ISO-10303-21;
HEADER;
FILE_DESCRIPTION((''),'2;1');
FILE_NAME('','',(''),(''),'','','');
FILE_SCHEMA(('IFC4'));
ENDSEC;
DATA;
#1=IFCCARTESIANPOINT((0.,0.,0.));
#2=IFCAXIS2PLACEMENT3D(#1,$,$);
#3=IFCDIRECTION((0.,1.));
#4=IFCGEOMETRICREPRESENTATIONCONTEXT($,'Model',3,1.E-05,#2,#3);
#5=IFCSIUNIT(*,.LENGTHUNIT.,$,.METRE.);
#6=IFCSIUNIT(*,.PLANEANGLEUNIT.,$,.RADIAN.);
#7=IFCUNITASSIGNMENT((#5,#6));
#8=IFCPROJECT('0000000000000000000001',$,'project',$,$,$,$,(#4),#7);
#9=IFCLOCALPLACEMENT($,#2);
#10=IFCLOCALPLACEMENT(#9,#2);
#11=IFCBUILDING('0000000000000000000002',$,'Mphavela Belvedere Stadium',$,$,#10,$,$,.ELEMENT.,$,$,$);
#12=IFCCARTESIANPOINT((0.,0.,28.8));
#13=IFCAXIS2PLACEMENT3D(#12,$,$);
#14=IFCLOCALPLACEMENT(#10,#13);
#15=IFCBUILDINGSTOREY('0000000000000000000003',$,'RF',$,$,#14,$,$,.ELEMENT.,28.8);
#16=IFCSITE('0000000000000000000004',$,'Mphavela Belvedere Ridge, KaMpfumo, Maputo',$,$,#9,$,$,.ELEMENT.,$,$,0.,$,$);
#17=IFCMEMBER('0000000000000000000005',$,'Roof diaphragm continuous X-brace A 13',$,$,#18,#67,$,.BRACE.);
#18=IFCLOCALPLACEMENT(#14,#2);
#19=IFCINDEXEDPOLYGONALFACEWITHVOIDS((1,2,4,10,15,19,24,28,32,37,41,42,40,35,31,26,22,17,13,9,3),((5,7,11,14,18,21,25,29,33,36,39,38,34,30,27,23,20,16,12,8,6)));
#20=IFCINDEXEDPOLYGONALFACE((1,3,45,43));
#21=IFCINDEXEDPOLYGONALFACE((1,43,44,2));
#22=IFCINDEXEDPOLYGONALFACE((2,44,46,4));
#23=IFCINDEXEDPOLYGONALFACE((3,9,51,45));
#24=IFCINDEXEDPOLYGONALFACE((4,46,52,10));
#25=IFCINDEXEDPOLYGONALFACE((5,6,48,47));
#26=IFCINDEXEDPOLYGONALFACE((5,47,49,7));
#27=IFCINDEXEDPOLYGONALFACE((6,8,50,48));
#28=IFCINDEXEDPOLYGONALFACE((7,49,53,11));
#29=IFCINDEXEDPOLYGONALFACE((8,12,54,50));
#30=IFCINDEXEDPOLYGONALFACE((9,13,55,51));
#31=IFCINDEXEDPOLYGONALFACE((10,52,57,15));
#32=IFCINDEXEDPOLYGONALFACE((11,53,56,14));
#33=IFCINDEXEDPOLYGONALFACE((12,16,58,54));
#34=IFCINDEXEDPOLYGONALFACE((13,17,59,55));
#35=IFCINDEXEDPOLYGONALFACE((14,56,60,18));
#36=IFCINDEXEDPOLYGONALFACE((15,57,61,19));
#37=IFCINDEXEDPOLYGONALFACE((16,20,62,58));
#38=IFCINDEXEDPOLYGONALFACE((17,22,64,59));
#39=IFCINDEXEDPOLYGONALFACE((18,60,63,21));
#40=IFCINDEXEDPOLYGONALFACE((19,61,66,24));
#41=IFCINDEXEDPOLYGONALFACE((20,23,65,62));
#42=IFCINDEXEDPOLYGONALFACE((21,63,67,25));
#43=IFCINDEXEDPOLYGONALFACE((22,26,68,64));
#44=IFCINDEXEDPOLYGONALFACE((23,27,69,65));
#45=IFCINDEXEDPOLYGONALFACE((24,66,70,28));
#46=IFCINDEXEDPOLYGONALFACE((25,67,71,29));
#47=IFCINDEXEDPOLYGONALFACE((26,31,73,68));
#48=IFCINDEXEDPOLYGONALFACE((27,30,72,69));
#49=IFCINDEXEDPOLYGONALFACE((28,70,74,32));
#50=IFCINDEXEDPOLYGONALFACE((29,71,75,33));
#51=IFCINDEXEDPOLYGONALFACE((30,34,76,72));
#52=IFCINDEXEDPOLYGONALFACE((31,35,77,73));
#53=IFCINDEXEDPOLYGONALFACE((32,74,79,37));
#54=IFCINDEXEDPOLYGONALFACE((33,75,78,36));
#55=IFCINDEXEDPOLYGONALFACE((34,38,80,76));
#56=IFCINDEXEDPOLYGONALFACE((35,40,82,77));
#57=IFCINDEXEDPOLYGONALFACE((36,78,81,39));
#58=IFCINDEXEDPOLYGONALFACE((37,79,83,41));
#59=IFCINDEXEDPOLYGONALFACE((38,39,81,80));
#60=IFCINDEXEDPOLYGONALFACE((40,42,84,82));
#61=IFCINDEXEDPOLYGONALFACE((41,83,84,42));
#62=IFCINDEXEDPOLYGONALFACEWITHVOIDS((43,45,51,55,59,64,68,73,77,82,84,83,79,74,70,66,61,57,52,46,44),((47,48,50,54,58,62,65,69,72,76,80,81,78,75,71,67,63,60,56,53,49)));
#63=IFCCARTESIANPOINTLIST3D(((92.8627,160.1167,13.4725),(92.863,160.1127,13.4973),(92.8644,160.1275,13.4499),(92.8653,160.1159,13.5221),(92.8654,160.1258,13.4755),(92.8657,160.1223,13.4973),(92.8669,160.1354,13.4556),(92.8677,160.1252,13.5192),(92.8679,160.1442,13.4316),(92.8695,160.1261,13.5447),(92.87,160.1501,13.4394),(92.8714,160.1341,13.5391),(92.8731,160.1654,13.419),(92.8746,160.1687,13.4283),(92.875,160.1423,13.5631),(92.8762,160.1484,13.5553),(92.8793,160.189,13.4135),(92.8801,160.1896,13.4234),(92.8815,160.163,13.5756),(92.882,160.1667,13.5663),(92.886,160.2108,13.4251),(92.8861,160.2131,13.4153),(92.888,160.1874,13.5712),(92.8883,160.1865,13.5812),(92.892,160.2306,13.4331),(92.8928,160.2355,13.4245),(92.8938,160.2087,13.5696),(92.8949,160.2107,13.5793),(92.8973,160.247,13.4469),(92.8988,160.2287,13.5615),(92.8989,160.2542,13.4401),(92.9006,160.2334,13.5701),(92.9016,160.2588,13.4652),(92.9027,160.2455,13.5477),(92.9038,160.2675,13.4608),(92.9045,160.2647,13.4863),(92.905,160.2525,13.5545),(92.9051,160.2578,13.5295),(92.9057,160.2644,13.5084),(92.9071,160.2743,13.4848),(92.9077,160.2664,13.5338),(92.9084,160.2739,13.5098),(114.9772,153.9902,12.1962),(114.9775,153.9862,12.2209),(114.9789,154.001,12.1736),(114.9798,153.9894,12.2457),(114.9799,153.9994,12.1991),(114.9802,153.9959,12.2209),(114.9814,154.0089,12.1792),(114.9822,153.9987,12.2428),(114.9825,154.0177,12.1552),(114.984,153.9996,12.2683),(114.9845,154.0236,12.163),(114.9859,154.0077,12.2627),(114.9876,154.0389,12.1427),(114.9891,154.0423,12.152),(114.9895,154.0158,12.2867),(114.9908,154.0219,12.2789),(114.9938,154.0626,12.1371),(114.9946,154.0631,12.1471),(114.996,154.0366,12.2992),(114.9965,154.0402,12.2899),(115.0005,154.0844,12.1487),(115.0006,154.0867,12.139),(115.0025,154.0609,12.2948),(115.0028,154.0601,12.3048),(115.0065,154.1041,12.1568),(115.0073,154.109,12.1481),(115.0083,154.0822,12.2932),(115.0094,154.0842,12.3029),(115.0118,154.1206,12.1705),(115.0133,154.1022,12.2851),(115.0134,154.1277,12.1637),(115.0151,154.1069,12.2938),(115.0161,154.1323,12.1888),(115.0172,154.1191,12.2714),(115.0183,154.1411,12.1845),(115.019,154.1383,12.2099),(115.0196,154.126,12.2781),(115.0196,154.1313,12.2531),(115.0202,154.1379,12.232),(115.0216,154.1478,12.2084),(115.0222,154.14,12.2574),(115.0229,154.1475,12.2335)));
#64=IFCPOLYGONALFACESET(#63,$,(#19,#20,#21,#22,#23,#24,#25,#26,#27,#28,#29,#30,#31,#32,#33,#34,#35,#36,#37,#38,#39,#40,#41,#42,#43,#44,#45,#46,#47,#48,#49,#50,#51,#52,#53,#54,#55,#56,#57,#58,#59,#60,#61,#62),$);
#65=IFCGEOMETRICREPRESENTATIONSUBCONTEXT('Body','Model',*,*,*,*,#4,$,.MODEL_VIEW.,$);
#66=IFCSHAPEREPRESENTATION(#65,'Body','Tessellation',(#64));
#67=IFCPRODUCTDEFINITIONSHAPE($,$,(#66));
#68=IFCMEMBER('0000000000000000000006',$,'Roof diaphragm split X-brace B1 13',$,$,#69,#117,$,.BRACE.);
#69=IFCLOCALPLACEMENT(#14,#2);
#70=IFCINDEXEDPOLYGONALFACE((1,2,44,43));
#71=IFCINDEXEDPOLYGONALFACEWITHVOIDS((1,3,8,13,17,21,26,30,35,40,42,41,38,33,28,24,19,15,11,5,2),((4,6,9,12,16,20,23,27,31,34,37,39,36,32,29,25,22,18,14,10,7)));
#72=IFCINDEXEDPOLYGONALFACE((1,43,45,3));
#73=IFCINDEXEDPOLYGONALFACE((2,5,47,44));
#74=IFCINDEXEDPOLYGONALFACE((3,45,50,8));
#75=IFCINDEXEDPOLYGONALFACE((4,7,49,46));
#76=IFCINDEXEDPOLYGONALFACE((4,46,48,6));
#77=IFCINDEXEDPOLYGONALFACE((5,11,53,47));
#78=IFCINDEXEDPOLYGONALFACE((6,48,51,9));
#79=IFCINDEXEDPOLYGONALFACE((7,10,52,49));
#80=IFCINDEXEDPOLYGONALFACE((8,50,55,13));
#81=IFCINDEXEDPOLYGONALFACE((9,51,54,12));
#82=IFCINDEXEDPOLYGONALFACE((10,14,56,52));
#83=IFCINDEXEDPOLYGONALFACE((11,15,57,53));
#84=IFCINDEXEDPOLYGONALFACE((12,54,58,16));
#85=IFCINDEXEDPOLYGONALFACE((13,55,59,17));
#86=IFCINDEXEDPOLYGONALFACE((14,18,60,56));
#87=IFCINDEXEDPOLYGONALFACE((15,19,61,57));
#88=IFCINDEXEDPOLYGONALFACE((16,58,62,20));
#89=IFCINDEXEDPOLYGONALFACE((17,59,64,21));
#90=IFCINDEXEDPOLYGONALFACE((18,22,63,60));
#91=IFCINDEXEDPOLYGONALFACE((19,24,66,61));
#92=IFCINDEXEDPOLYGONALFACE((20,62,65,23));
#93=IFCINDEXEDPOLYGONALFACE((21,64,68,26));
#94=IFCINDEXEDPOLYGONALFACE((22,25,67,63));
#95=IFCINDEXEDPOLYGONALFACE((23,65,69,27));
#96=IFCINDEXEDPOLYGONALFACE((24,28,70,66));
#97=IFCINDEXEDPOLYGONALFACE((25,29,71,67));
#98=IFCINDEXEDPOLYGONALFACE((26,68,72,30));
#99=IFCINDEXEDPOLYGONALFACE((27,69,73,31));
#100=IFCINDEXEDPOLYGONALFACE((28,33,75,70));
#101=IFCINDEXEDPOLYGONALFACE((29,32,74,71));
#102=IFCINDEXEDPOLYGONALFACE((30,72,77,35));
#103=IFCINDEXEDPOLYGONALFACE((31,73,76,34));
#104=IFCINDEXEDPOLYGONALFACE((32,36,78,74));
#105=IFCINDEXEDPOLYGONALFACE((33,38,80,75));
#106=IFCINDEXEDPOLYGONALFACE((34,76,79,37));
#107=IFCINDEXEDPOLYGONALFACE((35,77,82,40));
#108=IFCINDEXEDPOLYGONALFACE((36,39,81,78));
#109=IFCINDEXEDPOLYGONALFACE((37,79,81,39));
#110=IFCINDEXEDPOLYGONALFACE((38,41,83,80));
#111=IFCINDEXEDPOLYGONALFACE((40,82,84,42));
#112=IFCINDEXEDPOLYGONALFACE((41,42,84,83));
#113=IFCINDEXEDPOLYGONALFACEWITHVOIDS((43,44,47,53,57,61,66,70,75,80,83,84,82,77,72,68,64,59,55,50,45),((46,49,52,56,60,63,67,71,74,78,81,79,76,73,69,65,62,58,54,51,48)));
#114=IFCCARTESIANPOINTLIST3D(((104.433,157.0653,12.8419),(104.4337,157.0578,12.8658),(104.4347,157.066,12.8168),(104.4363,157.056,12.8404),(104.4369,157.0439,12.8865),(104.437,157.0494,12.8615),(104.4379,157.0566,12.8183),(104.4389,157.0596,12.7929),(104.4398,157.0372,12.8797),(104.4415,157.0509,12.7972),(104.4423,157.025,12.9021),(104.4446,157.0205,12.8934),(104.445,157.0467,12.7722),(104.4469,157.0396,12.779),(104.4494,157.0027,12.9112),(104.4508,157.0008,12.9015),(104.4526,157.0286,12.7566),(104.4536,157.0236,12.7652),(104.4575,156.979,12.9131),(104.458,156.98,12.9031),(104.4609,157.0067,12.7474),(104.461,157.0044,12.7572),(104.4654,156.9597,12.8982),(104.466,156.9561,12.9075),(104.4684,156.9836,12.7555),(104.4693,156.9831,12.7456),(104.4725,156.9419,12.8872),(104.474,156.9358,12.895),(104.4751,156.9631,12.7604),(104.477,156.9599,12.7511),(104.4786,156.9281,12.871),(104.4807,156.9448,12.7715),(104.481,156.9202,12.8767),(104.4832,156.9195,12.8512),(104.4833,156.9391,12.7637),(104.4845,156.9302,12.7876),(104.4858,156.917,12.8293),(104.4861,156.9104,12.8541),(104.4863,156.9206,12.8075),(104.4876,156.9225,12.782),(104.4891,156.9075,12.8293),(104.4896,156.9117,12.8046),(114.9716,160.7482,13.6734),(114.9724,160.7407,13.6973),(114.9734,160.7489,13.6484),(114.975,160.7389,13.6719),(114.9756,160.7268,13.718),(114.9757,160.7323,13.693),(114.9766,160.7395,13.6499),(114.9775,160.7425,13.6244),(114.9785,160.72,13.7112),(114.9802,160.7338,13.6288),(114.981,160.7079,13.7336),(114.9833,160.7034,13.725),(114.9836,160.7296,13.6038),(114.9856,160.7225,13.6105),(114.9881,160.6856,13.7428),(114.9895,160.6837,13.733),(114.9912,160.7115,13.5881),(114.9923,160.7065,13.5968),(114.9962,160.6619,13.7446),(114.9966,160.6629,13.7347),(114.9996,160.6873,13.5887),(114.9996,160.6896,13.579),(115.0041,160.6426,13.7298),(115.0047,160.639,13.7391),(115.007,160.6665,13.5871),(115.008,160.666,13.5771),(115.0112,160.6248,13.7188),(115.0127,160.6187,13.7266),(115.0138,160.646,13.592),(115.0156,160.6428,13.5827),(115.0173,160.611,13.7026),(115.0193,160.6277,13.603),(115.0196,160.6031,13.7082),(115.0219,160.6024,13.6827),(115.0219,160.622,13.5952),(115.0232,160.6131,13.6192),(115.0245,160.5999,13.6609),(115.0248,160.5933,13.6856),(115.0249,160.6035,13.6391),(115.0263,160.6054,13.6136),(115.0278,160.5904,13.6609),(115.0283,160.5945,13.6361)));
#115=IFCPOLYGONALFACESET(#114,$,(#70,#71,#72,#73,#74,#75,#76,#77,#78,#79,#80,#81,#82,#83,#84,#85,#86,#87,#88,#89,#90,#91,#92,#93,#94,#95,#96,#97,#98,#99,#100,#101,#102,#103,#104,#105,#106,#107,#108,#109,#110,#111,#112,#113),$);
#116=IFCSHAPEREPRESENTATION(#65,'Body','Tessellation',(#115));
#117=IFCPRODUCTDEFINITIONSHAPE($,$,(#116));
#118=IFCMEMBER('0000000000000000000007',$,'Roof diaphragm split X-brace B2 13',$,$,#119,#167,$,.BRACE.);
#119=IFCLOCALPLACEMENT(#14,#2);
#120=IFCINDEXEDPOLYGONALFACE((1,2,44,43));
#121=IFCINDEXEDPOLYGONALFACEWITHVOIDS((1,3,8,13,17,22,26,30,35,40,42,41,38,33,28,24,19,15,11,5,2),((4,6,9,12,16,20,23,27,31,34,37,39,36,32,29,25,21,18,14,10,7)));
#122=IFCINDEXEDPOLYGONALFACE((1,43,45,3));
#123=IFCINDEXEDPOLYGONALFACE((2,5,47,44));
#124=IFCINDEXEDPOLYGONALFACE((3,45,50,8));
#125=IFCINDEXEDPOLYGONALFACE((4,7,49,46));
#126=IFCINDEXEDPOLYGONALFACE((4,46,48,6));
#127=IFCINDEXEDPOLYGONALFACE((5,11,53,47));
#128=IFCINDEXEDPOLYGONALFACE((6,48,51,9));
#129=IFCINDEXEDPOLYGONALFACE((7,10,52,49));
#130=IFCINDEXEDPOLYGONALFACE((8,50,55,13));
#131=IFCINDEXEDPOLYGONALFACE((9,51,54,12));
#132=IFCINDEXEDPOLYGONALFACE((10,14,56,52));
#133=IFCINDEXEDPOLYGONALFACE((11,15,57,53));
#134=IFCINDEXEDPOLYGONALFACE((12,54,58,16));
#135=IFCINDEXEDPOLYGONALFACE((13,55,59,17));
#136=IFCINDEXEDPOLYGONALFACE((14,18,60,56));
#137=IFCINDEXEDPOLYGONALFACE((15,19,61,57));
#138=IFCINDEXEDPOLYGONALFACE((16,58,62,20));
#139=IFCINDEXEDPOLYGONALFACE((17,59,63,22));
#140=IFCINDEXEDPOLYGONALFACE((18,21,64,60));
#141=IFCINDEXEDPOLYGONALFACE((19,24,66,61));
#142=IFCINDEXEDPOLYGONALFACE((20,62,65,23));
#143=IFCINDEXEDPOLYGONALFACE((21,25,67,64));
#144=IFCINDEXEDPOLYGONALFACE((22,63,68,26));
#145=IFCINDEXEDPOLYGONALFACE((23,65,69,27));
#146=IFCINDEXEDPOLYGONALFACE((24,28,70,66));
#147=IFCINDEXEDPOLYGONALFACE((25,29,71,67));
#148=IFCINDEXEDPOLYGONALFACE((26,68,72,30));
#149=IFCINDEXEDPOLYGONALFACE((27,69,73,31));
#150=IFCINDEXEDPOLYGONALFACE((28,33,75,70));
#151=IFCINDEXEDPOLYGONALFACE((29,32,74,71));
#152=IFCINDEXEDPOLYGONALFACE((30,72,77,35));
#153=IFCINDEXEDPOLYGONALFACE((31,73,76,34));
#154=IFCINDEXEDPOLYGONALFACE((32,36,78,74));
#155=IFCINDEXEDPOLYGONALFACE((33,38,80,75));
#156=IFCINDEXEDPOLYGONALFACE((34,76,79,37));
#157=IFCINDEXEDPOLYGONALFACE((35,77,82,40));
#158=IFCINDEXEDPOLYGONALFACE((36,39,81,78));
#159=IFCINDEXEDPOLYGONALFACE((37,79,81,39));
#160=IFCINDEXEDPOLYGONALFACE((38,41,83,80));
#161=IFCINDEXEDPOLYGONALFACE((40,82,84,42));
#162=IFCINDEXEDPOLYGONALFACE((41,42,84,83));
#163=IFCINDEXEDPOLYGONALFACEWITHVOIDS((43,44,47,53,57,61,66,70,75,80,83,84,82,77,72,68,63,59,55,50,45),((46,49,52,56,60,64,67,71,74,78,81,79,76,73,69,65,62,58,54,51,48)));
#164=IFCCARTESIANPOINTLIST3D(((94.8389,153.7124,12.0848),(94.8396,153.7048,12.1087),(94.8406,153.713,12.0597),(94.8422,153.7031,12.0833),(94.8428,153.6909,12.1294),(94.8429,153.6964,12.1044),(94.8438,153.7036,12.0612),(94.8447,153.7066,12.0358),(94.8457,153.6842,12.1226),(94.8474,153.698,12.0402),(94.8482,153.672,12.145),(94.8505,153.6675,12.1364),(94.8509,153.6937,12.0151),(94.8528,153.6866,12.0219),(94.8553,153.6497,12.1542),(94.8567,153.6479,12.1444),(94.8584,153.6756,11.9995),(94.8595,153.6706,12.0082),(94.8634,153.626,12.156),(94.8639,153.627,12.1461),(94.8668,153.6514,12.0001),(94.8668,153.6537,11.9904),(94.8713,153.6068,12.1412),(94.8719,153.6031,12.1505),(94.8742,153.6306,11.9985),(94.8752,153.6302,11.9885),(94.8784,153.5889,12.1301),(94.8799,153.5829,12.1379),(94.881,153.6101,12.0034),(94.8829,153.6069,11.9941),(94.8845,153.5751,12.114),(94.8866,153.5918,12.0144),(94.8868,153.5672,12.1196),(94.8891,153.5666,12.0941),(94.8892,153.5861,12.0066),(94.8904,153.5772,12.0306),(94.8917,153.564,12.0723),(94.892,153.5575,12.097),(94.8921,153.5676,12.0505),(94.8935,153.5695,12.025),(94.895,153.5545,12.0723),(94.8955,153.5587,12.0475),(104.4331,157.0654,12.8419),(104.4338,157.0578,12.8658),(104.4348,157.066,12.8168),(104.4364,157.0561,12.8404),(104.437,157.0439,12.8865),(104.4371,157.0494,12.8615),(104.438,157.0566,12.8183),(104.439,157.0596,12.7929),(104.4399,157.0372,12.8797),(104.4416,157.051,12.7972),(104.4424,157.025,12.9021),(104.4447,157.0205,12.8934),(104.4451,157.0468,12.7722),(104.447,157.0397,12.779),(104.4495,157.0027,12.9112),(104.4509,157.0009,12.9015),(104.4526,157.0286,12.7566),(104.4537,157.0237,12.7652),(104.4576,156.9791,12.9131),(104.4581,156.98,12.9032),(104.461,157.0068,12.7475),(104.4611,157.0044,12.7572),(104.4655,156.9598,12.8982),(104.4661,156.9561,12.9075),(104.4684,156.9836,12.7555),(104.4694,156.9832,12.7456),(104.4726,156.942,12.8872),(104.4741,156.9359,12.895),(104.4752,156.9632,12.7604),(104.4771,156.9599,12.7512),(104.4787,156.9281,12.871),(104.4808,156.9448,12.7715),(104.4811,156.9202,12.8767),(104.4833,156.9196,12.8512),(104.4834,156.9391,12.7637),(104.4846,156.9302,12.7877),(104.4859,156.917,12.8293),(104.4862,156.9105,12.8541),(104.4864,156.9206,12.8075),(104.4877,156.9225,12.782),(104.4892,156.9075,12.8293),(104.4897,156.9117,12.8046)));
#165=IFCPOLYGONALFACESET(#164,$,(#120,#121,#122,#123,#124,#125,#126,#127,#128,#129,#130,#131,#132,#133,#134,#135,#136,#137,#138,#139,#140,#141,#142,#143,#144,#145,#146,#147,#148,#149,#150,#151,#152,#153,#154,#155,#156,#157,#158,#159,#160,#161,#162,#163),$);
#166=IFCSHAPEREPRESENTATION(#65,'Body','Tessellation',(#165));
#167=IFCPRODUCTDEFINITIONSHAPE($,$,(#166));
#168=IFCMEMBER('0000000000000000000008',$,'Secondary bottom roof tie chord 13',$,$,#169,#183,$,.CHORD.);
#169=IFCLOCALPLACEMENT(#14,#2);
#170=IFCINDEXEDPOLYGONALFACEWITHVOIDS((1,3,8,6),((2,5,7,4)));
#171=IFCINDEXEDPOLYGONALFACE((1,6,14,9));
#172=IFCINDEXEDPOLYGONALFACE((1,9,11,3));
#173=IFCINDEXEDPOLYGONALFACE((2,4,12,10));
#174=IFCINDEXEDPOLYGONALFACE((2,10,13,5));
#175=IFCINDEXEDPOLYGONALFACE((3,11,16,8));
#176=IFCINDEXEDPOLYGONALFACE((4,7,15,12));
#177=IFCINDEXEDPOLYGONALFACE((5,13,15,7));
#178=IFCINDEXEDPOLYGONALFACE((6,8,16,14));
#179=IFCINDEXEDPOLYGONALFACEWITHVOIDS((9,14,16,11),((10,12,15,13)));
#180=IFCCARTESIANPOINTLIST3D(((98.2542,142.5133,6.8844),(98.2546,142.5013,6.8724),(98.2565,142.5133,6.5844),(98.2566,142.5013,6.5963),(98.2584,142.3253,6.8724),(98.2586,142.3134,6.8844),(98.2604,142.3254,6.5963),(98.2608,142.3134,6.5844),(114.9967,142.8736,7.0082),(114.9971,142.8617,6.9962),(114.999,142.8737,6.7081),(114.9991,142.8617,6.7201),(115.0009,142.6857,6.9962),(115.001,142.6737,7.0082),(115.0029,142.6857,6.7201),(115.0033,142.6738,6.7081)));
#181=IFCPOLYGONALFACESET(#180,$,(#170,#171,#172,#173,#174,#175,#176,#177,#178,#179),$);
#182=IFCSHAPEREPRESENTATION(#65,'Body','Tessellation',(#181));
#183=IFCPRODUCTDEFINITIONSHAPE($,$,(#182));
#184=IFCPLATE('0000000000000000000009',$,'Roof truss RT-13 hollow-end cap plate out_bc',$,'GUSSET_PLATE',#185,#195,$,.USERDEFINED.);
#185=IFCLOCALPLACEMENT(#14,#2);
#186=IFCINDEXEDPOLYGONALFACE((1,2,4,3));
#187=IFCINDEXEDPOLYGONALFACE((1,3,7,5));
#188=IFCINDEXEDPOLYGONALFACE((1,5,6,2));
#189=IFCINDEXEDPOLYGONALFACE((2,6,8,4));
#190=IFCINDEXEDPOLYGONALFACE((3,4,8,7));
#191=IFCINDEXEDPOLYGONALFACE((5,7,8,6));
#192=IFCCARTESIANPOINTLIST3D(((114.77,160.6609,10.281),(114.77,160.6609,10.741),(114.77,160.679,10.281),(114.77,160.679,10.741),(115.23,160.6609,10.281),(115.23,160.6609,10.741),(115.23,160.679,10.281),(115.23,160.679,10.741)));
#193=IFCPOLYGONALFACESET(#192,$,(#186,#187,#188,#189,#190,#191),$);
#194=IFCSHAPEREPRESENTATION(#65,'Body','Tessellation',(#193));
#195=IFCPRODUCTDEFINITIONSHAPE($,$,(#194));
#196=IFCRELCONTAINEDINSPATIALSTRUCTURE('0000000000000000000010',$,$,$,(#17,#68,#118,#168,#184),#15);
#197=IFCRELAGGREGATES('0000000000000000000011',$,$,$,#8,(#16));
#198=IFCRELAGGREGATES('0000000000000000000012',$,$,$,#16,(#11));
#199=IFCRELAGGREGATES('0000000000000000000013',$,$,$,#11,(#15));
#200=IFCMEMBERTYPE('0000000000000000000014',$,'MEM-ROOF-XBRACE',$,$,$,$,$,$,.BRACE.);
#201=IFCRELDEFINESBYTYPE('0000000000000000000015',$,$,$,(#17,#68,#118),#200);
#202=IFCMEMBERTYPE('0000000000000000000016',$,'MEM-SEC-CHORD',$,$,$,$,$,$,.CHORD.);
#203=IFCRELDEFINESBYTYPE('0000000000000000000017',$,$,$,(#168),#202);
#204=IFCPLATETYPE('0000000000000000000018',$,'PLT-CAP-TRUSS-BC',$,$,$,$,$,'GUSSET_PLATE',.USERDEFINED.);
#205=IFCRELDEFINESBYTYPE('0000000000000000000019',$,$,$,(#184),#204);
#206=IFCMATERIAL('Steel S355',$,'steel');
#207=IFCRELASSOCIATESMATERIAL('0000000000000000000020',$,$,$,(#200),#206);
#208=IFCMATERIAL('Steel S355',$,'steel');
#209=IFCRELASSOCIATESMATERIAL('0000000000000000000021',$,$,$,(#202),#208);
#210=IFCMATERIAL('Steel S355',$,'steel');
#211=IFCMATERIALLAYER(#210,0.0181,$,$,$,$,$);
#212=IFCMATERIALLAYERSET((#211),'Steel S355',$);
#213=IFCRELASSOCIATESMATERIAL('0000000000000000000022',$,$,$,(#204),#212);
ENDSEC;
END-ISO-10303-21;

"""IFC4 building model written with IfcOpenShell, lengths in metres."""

from ifc_helpers import new_model, si_unit, direction, frame, origin, origin_2d, place, context, subcontext, project, spatial, rectangle, hollow_rectangle, hollow_circle, extrude, material, layer, layer_set, material_profile, profile_set, type_object, element, save


model = new_model("IFC4")

# Units and contexts
model_context = context("Model", 3, precision=1e-05, world=origin(), true_north=direction((0.0, 1.0)))
body_context = subcontext(model_context, "Body", "Model", "MODEL_VIEW")
ifc_project = project(units=[si_unit("LENGTHUNIT", "METRE"), si_unit("PLANEANGLEUNIT", "RADIAN")], contexts=[model_context])

# Site, building, storey
site_placement = place(None, origin())
site = spatial("IfcSite", under=ifc_project, at=site_placement, Name="Mphavela Belvedere Ridge, KaMpfumo, Maputo", CompositionType="ELEMENT", RefElevation=0.0)
building_placement = place(site_placement, origin())
building = spatial("IfcBuilding", under=site, at=building_placement, Name="Mphavela Belvedere Stadium", CompositionType="ELEMENT")
storey_placement = place(building_placement, frame((0.0, 0.0, 28.8)))
storey = spatial("IfcBuildingStorey", under=building, at=storey_placement, Name="RF", CompositionType="ELEMENT", Elevation=28.8)

# Members
ifc_material_1 = material(Name="Steel S355", Category="steel")
ifc_material_profile_1 = material_profile(ifc_material_1, hollow_circle(Radius=0.0842, WallThickness=0.01, at=origin_2d()), Name="CHS 168.3x10")
ifc_profile_set_1 = profile_set([ifc_material_profile_1], Name="Steel S355")
member_type_1 = type_object("IfcMemberType", Name="MEM-ROOF-XBRACE", PredefinedType="BRACE", material=ifc_profile_set_1)
member_1_placement = place(storey_placement, frame((115.0, 154.0674, 12.2209), z_axis=(-0.962215, 0.266566, 0.055536), x_axis=(-0.266978, -0.963703, 0.0)))
element("IfcMember", 1, at=member_1_placement, inside=storey, type_object=member_type_1, Name="Roof diaphragm continuous X-brace A 13", PredefinedType="BRACE", context=body_context, shape_type="SweptSolid", body=[
    extrude(hollow_circle(Radius=0.0842, WallThickness=0.01, at=origin_2d()), origin(), (0.0, 0.0, 1.0), 22.9829),
])
member_2_placement = place(storey_placement, frame((115.0, 160.6699, 13.6609), z_axis=(-0.941408, -0.328989, -0.074281), x_axis=(0.3299, -0.944016, 0.0)))
element("IfcMember", 2, at=member_2_placement, inside=storey, type_object=member_type_1, Name="Roof diaphragm split X-brace B1 13", PredefinedType="BRACE", context=body_context, shape_type="SweptSolid", body=[
    extrude(hollow_circle(Radius=0.0842, WallThickness=0.01, at=origin_2d()), origin(), (0.0, 0.0, 1.0), 11.1946),
])
member_3_placement = place(storey_placement, frame((104.4614, 156.9871, 12.8293), z_axis=(-0.941402, -0.329004, -0.074286), x_axis=(0.329916, -0.94401, 0.0)))
element("IfcMember", 3, at=member_3_placement, inside=storey, type_object=member_type_1, Name="Roof diaphragm split X-brace B2 13", PredefinedType="BRACE", context=body_context, shape_type="SweptSolid", body=[
    extrude(hollow_circle(Radius=0.0842, WallThickness=0.01, at=origin_2d()), origin(), (0.0, 0.0, 1.0), 10.1914),
])
ifc_material_2 = material(Name="Steel S355", Category="steel")
ifc_material_profile_2 = material_profile(ifc_material_2, hollow_rectangle(XDim=0.2, YDim=0.3, WallThickness=0.012, at=origin_2d()), Name="RHS 300x200x12")
ifc_profile_set_2 = profile_set([ifc_material_profile_2], Name="Steel S355")
member_type_2 = type_object("IfcMemberType", Name="MEM-SEC-CHORD", PredefinedType="CHORD", material=ifc_profile_set_2)
member_4_placement = place(storey_placement, frame((115.0, 142.7737, 6.8582), z_axis=(-0.999741, -0.021518, -0.007391), x_axis=(0.021518, -0.999768, 0.0)))
element("IfcMember", 4, at=member_4_placement, inside=storey, type_object=member_type_2, Name="Secondary bottom roof tie chord 13", PredefinedType="CHORD", context=body_context, shape_type="SweptSolid", body=[
    extrude(hollow_rectangle(XDim=0.2, YDim=0.3, WallThickness=0.012, at=origin_2d()), origin(), (0.0, 0.0, 1.0), 16.7468),
])

# Plate
ifc_material_3 = material(Name="Steel S355", Category="steel")
ifc_layer_1 = layer(ifc_material_3, 0.0181)
ifc_layer_set_1 = layer_set([ifc_layer_1], Name="Steel S355")
plate_type_1 = type_object("IfcPlateType", Name="PLT-CAP-TRUSS-BC", ElementType="GUSSET_PLATE", PredefinedType="USERDEFINED", material=ifc_layer_set_1)
plate_1_placement = place(storey_placement, frame((115.0, 160.6699, 10.281), z_axis=(0.0, 0.0, 1.0), x_axis=(0.0, 1.0, 0.0)))
element("IfcPlate", 5, at=plate_1_placement, inside=storey, type_object=plate_type_1, Name="Roof truss RT-13 hollow-end cap plate out_bc", ObjectType="GUSSET_PLATE", PredefinedType="USERDEFINED", context=body_context, shape_type="SweptSolid", body=[
    extrude(rectangle(XDim=0.0181, YDim=0.46, at=origin_2d()), origin(), (0.0, 0.0, 1.0), 0.46),
])

save(model, "model.ifc")
